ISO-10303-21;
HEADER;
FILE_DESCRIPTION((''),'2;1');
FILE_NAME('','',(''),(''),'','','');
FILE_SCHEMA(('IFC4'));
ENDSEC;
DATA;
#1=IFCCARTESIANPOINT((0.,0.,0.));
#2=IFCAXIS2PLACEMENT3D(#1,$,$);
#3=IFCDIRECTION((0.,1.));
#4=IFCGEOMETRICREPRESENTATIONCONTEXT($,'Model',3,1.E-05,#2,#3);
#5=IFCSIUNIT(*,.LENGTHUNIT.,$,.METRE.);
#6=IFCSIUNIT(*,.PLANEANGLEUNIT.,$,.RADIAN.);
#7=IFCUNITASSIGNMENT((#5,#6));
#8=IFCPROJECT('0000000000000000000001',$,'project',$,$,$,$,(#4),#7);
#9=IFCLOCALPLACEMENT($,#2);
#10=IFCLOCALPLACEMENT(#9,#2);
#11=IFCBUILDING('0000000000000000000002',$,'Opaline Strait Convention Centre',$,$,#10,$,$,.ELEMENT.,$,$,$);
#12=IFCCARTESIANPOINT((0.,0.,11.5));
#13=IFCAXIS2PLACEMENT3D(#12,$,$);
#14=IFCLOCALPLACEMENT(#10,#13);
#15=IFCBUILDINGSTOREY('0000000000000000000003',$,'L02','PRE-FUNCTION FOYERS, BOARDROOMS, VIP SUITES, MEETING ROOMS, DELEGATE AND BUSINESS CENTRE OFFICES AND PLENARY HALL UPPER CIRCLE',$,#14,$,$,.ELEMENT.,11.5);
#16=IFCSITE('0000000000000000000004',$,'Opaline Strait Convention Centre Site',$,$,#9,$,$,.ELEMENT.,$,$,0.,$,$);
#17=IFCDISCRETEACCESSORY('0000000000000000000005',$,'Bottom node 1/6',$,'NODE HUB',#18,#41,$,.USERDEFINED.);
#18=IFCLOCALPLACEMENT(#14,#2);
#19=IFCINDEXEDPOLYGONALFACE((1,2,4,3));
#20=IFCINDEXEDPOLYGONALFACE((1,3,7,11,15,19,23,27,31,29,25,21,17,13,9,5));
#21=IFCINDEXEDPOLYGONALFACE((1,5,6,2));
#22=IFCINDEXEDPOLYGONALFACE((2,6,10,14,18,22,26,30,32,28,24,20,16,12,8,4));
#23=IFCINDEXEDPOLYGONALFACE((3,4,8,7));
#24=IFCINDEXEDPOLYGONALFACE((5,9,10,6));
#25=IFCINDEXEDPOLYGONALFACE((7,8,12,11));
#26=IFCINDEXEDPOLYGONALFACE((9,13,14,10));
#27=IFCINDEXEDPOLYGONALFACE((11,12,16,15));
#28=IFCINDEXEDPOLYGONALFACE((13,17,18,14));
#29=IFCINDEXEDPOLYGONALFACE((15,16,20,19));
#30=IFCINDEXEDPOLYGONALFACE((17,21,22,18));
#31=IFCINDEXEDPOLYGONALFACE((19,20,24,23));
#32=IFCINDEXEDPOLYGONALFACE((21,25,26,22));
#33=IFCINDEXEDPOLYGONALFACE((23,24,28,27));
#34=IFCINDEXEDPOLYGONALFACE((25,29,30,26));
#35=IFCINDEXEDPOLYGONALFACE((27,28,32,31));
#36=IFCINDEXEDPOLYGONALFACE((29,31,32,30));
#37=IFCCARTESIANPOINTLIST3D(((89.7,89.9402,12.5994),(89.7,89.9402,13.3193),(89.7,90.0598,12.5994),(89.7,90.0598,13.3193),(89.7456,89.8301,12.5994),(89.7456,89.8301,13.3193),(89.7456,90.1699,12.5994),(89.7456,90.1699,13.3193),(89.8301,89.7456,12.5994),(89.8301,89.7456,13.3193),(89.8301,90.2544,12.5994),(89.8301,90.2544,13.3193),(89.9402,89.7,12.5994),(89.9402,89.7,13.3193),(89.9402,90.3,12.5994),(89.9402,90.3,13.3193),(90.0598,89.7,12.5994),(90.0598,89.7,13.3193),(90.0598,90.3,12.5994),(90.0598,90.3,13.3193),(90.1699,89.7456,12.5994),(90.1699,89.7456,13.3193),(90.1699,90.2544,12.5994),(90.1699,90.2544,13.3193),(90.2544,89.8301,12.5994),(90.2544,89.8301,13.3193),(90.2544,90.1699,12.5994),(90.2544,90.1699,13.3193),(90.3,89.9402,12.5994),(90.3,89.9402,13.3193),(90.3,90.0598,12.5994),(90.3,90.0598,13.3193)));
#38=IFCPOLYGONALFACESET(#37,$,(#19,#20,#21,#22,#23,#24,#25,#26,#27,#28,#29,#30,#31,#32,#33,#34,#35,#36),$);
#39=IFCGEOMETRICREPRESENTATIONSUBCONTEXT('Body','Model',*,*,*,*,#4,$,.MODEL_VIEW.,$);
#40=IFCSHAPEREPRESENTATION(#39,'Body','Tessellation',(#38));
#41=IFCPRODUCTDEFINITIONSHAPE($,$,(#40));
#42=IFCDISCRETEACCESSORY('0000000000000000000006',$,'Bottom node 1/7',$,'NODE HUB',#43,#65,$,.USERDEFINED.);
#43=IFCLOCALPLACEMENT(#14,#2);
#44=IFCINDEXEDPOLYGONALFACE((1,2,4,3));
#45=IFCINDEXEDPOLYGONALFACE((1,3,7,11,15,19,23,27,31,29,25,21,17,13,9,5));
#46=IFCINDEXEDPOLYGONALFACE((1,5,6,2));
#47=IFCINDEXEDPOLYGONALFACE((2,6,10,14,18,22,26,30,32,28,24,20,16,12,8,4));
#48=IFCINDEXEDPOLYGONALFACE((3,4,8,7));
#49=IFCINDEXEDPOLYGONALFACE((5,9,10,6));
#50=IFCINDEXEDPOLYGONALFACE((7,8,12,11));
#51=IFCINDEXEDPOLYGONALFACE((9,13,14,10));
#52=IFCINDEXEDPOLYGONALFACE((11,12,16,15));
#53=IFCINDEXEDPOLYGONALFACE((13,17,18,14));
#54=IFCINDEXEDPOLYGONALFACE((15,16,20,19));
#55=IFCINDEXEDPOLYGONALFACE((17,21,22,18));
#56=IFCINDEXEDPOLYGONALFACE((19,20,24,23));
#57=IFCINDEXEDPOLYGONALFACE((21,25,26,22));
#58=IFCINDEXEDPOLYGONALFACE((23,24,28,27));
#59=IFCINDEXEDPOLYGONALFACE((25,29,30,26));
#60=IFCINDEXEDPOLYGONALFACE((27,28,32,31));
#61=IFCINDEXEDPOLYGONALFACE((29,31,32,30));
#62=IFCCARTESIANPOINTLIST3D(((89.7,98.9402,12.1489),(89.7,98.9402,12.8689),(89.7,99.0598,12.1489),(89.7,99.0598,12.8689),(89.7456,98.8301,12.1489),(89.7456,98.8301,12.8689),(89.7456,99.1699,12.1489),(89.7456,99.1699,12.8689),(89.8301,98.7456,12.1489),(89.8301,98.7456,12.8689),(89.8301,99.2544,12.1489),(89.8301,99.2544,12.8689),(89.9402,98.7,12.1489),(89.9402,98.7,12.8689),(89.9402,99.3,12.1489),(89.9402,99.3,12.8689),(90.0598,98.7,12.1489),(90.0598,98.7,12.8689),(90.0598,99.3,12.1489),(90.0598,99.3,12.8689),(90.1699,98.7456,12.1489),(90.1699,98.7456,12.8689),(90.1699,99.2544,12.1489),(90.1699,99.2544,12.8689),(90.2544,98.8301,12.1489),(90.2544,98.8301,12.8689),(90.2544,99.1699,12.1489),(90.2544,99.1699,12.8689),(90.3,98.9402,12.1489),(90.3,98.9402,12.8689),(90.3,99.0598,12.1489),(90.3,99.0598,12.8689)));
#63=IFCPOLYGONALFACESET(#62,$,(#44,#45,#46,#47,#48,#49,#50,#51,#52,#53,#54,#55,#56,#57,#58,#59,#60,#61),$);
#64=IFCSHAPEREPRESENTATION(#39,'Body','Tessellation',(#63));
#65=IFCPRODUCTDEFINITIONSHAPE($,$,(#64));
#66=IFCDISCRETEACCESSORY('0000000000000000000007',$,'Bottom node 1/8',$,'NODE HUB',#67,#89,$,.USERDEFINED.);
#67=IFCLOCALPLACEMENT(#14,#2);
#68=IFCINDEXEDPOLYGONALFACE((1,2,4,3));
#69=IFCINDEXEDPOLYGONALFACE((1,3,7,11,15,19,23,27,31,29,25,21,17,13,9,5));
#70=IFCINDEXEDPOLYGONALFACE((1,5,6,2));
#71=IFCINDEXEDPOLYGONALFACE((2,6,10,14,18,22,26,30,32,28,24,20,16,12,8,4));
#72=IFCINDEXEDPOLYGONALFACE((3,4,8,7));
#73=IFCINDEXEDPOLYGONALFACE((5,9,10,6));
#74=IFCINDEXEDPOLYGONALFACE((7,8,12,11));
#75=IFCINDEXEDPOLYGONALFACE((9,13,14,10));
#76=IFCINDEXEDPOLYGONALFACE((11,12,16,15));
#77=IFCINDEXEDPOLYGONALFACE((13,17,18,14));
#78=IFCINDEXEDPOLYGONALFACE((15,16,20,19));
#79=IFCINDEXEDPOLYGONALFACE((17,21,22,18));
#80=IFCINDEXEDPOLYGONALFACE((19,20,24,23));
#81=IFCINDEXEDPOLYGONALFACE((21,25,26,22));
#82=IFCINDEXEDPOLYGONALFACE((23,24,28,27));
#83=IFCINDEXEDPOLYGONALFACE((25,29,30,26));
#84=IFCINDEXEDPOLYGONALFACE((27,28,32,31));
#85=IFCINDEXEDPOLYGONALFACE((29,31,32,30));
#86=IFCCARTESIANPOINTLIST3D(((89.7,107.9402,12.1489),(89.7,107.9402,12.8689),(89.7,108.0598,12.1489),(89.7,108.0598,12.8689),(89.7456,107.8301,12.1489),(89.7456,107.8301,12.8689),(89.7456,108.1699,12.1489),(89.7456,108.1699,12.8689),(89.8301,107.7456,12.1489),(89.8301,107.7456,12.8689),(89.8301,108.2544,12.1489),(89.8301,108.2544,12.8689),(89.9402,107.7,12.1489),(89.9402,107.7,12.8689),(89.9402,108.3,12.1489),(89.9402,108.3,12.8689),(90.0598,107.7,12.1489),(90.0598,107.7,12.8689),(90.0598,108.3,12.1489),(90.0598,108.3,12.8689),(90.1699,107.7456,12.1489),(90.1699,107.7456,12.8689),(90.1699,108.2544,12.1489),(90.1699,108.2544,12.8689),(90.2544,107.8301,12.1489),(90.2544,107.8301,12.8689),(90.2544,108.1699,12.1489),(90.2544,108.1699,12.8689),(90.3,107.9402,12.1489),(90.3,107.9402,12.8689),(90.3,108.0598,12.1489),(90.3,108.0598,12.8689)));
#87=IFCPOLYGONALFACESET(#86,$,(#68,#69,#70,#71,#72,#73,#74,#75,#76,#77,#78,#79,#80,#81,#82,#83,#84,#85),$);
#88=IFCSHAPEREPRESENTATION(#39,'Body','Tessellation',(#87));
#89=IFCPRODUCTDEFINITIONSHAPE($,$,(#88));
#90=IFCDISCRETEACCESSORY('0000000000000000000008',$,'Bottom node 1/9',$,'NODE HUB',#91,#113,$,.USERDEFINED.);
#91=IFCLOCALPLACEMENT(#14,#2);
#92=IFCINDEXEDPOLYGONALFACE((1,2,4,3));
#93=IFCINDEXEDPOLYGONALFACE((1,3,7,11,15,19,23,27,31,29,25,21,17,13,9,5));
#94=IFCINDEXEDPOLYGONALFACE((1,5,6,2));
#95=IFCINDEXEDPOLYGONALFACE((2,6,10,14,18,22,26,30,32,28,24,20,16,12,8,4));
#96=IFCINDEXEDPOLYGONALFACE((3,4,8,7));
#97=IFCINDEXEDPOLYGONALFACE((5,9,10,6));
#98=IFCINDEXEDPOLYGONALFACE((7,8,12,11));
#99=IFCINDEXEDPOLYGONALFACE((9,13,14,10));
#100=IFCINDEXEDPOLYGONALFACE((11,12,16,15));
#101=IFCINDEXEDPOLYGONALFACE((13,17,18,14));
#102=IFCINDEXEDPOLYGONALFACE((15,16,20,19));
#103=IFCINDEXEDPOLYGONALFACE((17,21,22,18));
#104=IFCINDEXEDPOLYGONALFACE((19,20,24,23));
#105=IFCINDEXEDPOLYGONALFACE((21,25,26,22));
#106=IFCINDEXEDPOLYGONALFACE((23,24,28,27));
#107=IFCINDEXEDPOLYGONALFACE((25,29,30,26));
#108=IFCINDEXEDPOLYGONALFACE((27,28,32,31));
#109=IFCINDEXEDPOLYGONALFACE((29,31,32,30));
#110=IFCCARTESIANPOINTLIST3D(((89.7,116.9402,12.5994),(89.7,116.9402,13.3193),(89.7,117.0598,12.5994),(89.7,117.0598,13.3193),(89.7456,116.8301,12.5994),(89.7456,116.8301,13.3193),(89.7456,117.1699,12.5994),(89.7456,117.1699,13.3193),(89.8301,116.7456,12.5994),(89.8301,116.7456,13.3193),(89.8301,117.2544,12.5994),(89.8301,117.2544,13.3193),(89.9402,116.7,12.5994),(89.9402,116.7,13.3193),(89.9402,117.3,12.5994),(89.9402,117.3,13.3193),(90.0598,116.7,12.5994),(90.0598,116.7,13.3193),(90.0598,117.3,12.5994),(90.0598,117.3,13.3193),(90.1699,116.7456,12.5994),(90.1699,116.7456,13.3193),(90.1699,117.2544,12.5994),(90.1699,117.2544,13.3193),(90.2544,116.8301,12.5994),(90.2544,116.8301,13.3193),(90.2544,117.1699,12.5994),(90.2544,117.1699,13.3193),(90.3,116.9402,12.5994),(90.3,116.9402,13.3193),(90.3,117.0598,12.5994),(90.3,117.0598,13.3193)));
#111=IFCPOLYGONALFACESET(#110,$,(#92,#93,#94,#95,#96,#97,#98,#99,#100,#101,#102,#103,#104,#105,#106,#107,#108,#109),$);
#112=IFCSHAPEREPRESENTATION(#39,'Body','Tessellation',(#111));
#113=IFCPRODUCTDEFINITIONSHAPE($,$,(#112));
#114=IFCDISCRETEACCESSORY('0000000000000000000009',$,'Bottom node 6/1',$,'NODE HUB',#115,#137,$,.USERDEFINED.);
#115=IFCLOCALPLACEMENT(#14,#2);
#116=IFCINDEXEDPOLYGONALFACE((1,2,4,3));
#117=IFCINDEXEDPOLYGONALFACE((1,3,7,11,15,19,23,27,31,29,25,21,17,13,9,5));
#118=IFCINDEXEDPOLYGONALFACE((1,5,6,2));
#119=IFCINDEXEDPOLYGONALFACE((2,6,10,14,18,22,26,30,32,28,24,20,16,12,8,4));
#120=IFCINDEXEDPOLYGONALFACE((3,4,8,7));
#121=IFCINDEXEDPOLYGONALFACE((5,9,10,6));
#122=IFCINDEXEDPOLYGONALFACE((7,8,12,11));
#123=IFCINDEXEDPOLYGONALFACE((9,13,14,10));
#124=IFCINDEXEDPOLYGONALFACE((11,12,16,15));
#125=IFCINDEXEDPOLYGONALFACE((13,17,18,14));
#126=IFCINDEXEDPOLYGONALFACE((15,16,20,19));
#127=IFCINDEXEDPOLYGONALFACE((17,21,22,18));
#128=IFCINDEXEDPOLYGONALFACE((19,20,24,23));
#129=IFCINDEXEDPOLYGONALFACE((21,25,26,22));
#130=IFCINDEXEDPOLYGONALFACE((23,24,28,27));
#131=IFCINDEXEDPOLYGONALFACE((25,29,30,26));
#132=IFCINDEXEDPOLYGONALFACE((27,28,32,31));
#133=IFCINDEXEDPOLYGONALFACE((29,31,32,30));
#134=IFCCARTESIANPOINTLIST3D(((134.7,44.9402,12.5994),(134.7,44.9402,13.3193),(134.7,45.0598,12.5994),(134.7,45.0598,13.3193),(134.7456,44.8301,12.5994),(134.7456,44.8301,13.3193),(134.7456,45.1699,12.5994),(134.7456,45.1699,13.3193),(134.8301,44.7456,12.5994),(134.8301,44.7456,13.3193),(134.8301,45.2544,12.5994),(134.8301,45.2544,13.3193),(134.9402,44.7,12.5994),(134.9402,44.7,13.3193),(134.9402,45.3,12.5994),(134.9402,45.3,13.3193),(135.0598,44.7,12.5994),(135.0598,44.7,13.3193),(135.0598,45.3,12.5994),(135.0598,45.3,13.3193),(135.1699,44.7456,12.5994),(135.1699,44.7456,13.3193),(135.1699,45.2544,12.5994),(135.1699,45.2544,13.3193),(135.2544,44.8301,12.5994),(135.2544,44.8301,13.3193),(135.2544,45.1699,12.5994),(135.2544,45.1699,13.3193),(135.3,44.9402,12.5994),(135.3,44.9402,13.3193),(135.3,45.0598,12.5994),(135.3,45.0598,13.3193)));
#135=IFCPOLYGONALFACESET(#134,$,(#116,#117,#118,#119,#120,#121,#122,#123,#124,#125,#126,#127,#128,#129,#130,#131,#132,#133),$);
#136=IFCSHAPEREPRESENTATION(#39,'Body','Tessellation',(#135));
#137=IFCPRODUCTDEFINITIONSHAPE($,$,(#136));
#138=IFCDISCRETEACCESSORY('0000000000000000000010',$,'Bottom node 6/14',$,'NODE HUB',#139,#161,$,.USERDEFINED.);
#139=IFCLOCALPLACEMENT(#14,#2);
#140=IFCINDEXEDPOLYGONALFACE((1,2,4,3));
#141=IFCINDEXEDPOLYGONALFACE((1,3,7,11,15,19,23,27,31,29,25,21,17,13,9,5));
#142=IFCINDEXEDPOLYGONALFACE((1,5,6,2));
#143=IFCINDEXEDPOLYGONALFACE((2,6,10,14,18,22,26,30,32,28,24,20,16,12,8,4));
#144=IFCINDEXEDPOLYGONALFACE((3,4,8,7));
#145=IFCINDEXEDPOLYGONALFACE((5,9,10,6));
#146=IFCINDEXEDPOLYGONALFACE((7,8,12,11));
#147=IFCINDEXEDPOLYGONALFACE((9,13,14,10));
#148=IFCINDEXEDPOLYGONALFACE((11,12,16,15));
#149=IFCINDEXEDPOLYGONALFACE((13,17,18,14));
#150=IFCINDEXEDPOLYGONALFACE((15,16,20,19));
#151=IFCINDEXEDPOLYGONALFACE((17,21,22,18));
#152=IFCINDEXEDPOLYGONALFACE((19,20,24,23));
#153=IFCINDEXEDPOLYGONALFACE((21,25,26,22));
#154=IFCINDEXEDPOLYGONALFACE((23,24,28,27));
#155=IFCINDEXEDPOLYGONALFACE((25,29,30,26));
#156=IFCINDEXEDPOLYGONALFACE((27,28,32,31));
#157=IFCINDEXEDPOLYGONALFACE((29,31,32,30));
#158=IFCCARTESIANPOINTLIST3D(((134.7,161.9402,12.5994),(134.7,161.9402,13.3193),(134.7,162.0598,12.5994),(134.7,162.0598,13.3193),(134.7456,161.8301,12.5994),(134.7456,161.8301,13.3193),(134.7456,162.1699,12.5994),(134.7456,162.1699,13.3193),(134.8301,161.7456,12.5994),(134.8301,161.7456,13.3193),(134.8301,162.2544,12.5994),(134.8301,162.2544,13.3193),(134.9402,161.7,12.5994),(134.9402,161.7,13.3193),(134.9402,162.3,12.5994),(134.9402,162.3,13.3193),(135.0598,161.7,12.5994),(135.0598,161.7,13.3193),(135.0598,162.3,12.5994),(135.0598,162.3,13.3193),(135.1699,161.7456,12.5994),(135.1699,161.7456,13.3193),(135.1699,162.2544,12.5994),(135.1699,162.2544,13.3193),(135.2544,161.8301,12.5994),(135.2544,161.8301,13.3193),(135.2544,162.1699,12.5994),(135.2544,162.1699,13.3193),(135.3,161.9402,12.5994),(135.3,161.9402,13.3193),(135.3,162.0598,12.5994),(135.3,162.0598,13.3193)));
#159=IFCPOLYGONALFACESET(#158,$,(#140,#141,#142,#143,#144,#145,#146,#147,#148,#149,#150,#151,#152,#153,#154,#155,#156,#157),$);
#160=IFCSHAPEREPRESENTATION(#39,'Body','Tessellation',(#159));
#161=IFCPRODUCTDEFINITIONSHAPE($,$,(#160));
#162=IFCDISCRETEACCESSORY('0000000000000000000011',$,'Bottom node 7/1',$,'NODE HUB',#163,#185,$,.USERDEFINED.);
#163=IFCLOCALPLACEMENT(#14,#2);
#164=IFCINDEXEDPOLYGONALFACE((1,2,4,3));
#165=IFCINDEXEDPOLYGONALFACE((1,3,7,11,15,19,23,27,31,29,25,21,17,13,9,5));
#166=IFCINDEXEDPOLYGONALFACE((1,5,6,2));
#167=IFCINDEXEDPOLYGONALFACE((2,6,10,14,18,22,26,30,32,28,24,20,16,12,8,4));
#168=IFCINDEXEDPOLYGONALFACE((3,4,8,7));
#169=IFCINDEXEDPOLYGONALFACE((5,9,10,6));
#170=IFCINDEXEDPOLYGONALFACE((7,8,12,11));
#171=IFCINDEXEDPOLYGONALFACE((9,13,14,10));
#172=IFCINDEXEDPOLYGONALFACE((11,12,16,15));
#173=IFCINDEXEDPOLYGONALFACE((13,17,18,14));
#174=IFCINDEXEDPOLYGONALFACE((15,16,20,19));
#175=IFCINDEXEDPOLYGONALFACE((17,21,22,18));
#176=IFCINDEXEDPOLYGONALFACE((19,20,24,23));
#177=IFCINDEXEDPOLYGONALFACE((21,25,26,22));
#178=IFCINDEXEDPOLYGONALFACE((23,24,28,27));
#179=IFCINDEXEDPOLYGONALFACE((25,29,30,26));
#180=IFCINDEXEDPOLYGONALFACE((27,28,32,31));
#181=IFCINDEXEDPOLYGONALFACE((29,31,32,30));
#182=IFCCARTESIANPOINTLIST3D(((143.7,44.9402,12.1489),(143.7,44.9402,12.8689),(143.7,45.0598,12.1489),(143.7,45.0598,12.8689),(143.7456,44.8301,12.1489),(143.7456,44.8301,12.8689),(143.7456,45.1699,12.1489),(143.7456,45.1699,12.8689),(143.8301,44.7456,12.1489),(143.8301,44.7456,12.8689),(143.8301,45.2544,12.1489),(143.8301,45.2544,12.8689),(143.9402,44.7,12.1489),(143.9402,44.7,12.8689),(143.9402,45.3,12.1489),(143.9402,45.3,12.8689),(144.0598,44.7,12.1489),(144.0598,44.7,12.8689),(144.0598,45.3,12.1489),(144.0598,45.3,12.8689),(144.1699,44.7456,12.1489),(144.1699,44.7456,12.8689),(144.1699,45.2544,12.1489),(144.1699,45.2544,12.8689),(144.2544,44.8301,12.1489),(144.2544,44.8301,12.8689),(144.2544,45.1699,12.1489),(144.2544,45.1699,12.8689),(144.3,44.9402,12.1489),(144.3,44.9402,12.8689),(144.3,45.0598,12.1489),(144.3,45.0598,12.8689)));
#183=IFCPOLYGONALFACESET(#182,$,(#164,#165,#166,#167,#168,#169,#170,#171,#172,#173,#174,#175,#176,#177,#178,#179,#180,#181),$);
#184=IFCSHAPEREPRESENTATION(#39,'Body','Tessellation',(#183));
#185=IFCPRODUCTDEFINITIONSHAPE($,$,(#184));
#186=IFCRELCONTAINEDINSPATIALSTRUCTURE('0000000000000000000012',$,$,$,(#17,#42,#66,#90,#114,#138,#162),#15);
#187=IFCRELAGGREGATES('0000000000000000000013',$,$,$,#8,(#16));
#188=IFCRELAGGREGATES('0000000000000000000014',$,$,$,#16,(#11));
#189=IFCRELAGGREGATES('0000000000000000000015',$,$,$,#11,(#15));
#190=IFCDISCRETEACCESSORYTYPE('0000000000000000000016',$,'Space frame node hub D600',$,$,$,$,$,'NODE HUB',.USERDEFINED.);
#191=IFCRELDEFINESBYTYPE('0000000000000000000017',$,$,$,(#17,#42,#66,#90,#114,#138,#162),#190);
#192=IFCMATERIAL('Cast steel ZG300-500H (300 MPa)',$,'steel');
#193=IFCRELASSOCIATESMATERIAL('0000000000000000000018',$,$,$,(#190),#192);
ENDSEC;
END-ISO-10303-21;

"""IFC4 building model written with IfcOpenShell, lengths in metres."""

from ifc_helpers import new_model, si_unit, direction, frame, origin, place, context, subcontext, project, spatial, polyline, outline, extrude, material, type_object, element, save


model = new_model("IFC4")

# Units and contexts
model_context = context("Model", 3, precision=1e-05, world=origin(), true_north=direction((0.0, 1.0)))
body_context = subcontext(model_context, "Body", "Model", "MODEL_VIEW")
ifc_project = project(units=[si_unit("LENGTHUNIT", "METRE"), si_unit("PLANEANGLEUNIT", "RADIAN")], contexts=[model_context])

# Site, building, storey
site_placement = place(None, origin())
site = spatial("IfcSite", under=ifc_project, at=site_placement, Name="Opaline Strait Convention Centre Site", CompositionType="ELEMENT", RefElevation=0.0)
building_placement = place(site_placement, origin())
building = spatial("IfcBuilding", under=site, at=building_placement, Name="Opaline Strait Convention Centre", CompositionType="ELEMENT")
storey_placement = place(building_placement, frame((0.0, 0.0, 11.5)))
storey = spatial("IfcBuildingStorey", under=building, at=storey_placement, Name="L02", Description="PRE-FUNCTION FOYERS, BOARDROOMS, VIP SUITES, MEETING ROOMS, DELEGATE AND BUSINESS CENTRE OFFICES AND PLENARY HALL UPPER CIRCLE", CompositionType="ELEMENT", Elevation=11.5)

# Discrete accessories
ifc_material = material(Name="Cast steel ZG300-500H (300 MPa)", Category="steel")
discrete_accessory_type_1 = type_object("IfcDiscreteAccessoryType", Name="Space frame node hub D600", ElementType="NODE HUB", PredefinedType="USERDEFINED", material=ifc_material)
discrete_accessory_1_placement = place(storey_placement, frame((0.0, 0.0, 12.5994)))
element("IfcDiscreteAccessory", 1, at=discrete_accessory_1_placement, inside=storey, type_object=discrete_accessory_type_1, Name="Bottom node 1/6", ObjectType="NODE HUB", PredefinedType="USERDEFINED", context=body_context, shape_type="SweptSolid", body=[
    extrude(outline(polyline([(90.3, 90.0598), (90.2544, 90.1699), (90.1699, 90.2544), (90.0598, 90.3), (89.9402, 90.3), (89.8301, 90.2544), (89.7456, 90.1699), (89.7, 90.0598), (89.7, 89.9402), (89.7456, 89.8301), (89.8301, 89.7456), (89.9402, 89.7), (90.0598, 89.7), (90.1699, 89.7456), (90.2544, 89.8301), (90.3, 89.9402), (90.3, 90.0598)])), origin(), (0.0, 0.0, 1.0), 0.72),
])
discrete_accessory_2_placement = place(storey_placement, frame((0.0, 0.0, 12.1489)))
element("IfcDiscreteAccessory", 2, at=discrete_accessory_2_placement, inside=storey, type_object=discrete_accessory_type_1, Name="Bottom node 1/7", ObjectType="NODE HUB", PredefinedType="USERDEFINED", context=body_context, shape_type="SweptSolid", body=[
    extrude(outline(polyline([(90.3, 99.0598), (90.2544, 99.1699), (90.1699, 99.2544), (90.0598, 99.3), (89.9402, 99.3), (89.8301, 99.2544), (89.7456, 99.1699), (89.7, 99.0598), (89.7, 98.9402), (89.7456, 98.8301), (89.8301, 98.7456), (89.9402, 98.7), (90.0598, 98.7), (90.1699, 98.7456), (90.2544, 98.8301), (90.3, 98.9402), (90.3, 99.0598)])), origin(), (0.0, 0.0, 1.0), 0.72),
])
discrete_accessory_3_placement = place(storey_placement, frame((0.0, 0.0, 12.1489)))
element("IfcDiscreteAccessory", 3, at=discrete_accessory_3_placement, inside=storey, type_object=discrete_accessory_type_1, Name="Bottom node 1/8", ObjectType="NODE HUB", PredefinedType="USERDEFINED", context=body_context, shape_type="SweptSolid", body=[
    extrude(outline(polyline([(90.3, 108.0598), (90.2544, 108.1699), (90.1699, 108.2544), (90.0598, 108.3), (89.9402, 108.3), (89.8301, 108.2544), (89.7456, 108.1699), (89.7, 108.0598), (89.7, 107.9402), (89.7456, 107.8301), (89.8301, 107.7456), (89.9402, 107.7), (90.0598, 107.7), (90.1699, 107.7456), (90.2544, 107.8301), (90.3, 107.9402), (90.3, 108.0598)])), origin(), (0.0, 0.0, 1.0), 0.72),
])
discrete_accessory_4_placement = place(storey_placement, frame((0.0, 0.0, 12.5994)))
element("IfcDiscreteAccessory", 4, at=discrete_accessory_4_placement, inside=storey, type_object=discrete_accessory_type_1, Name="Bottom node 1/9", ObjectType="NODE HUB", PredefinedType="USERDEFINED", context=body_context, shape_type="SweptSolid", body=[
    extrude(outline(polyline([(90.3, 117.0598), (90.2544, 117.1699), (90.1699, 117.2544), (90.0598, 117.3), (89.9402, 117.3), (89.8301, 117.2544), (89.7456, 117.1699), (89.7, 117.0598), (89.7, 116.9402), (89.7456, 116.8301), (89.8301, 116.7456), (89.9402, 116.7), (90.0598, 116.7), (90.1699, 116.7456), (90.2544, 116.8301), (90.3, 116.9402), (90.3, 117.0598)])), origin(), (0.0, 0.0, 1.0), 0.72),
])
discrete_accessory_5_placement = place(storey_placement, frame((0.0, 0.0, 12.5994)))
element("IfcDiscreteAccessory", 5, at=discrete_accessory_5_placement, inside=storey, type_object=discrete_accessory_type_1, Name="Bottom node 6/1", ObjectType="NODE HUB", PredefinedType="USERDEFINED", context=body_context, shape_type="SweptSolid", body=[
    extrude(outline(polyline([(135.3, 45.0598), (135.2544, 45.1699), (135.1699, 45.2544), (135.0598, 45.3), (134.9402, 45.3), (134.8301, 45.2544), (134.7456, 45.1699), (134.7, 45.0598), (134.7, 44.9402), (134.7456, 44.8301), (134.8301, 44.7456), (134.9402, 44.7), (135.0598, 44.7), (135.1699, 44.7456), (135.2544, 44.8301), (135.3, 44.9402), (135.3, 45.0598)])), origin(), (0.0, 0.0, 1.0), 0.72),
])
discrete_accessory_6_placement = place(storey_placement, frame((0.0, 0.0, 12.5994)))
element("IfcDiscreteAccessory", 6, at=discrete_accessory_6_placement, inside=storey, type_object=discrete_accessory_type_1, Name="Bottom node 6/14", ObjectType="NODE HUB", PredefinedType="USERDEFINED", context=body_context, shape_type="SweptSolid", body=[
    extrude(outline(polyline([(135.3, 162.0598), (135.2544, 162.1699), (135.1699, 162.2544), (135.0598, 162.3), (134.9402, 162.3), (134.8301, 162.2544), (134.7456, 162.1699), (134.7, 162.0598), (134.7, 161.9402), (134.7456, 161.8301), (134.8301, 161.7456), (134.9402, 161.7), (135.0598, 161.7), (135.1699, 161.7456), (135.2544, 161.8301), (135.3, 161.9402), (135.3, 162.0598)])), origin(), (0.0, 0.0, 1.0), 0.72),
])
discrete_accessory_7_placement = place(storey_placement, frame((0.0, 0.0, 12.1489)))
element("IfcDiscreteAccessory", 7, at=discrete_accessory_7_placement, inside=storey, type_object=discrete_accessory_type_1, Name="Bottom node 7/1", ObjectType="NODE HUB", PredefinedType="USERDEFINED", context=body_context, shape_type="SweptSolid", body=[
    extrude(outline(polyline([(144.3, 45.0598), (144.2544, 45.1699), (144.1699, 45.2544), (144.0598, 45.3), (143.9402, 45.3), (143.8301, 45.2544), (143.7456, 45.1699), (143.7, 45.0598), (143.7, 44.9402), (143.7456, 44.8301), (143.8301, 44.7456), (143.9402, 44.7), (144.0598, 44.7), (144.1699, 44.7456), (144.2544, 44.8301), (144.3, 44.9402), (144.3, 45.0598)])), origin(), (0.0, 0.0, 1.0), 0.72),
])

save(model, "model.ifc")
